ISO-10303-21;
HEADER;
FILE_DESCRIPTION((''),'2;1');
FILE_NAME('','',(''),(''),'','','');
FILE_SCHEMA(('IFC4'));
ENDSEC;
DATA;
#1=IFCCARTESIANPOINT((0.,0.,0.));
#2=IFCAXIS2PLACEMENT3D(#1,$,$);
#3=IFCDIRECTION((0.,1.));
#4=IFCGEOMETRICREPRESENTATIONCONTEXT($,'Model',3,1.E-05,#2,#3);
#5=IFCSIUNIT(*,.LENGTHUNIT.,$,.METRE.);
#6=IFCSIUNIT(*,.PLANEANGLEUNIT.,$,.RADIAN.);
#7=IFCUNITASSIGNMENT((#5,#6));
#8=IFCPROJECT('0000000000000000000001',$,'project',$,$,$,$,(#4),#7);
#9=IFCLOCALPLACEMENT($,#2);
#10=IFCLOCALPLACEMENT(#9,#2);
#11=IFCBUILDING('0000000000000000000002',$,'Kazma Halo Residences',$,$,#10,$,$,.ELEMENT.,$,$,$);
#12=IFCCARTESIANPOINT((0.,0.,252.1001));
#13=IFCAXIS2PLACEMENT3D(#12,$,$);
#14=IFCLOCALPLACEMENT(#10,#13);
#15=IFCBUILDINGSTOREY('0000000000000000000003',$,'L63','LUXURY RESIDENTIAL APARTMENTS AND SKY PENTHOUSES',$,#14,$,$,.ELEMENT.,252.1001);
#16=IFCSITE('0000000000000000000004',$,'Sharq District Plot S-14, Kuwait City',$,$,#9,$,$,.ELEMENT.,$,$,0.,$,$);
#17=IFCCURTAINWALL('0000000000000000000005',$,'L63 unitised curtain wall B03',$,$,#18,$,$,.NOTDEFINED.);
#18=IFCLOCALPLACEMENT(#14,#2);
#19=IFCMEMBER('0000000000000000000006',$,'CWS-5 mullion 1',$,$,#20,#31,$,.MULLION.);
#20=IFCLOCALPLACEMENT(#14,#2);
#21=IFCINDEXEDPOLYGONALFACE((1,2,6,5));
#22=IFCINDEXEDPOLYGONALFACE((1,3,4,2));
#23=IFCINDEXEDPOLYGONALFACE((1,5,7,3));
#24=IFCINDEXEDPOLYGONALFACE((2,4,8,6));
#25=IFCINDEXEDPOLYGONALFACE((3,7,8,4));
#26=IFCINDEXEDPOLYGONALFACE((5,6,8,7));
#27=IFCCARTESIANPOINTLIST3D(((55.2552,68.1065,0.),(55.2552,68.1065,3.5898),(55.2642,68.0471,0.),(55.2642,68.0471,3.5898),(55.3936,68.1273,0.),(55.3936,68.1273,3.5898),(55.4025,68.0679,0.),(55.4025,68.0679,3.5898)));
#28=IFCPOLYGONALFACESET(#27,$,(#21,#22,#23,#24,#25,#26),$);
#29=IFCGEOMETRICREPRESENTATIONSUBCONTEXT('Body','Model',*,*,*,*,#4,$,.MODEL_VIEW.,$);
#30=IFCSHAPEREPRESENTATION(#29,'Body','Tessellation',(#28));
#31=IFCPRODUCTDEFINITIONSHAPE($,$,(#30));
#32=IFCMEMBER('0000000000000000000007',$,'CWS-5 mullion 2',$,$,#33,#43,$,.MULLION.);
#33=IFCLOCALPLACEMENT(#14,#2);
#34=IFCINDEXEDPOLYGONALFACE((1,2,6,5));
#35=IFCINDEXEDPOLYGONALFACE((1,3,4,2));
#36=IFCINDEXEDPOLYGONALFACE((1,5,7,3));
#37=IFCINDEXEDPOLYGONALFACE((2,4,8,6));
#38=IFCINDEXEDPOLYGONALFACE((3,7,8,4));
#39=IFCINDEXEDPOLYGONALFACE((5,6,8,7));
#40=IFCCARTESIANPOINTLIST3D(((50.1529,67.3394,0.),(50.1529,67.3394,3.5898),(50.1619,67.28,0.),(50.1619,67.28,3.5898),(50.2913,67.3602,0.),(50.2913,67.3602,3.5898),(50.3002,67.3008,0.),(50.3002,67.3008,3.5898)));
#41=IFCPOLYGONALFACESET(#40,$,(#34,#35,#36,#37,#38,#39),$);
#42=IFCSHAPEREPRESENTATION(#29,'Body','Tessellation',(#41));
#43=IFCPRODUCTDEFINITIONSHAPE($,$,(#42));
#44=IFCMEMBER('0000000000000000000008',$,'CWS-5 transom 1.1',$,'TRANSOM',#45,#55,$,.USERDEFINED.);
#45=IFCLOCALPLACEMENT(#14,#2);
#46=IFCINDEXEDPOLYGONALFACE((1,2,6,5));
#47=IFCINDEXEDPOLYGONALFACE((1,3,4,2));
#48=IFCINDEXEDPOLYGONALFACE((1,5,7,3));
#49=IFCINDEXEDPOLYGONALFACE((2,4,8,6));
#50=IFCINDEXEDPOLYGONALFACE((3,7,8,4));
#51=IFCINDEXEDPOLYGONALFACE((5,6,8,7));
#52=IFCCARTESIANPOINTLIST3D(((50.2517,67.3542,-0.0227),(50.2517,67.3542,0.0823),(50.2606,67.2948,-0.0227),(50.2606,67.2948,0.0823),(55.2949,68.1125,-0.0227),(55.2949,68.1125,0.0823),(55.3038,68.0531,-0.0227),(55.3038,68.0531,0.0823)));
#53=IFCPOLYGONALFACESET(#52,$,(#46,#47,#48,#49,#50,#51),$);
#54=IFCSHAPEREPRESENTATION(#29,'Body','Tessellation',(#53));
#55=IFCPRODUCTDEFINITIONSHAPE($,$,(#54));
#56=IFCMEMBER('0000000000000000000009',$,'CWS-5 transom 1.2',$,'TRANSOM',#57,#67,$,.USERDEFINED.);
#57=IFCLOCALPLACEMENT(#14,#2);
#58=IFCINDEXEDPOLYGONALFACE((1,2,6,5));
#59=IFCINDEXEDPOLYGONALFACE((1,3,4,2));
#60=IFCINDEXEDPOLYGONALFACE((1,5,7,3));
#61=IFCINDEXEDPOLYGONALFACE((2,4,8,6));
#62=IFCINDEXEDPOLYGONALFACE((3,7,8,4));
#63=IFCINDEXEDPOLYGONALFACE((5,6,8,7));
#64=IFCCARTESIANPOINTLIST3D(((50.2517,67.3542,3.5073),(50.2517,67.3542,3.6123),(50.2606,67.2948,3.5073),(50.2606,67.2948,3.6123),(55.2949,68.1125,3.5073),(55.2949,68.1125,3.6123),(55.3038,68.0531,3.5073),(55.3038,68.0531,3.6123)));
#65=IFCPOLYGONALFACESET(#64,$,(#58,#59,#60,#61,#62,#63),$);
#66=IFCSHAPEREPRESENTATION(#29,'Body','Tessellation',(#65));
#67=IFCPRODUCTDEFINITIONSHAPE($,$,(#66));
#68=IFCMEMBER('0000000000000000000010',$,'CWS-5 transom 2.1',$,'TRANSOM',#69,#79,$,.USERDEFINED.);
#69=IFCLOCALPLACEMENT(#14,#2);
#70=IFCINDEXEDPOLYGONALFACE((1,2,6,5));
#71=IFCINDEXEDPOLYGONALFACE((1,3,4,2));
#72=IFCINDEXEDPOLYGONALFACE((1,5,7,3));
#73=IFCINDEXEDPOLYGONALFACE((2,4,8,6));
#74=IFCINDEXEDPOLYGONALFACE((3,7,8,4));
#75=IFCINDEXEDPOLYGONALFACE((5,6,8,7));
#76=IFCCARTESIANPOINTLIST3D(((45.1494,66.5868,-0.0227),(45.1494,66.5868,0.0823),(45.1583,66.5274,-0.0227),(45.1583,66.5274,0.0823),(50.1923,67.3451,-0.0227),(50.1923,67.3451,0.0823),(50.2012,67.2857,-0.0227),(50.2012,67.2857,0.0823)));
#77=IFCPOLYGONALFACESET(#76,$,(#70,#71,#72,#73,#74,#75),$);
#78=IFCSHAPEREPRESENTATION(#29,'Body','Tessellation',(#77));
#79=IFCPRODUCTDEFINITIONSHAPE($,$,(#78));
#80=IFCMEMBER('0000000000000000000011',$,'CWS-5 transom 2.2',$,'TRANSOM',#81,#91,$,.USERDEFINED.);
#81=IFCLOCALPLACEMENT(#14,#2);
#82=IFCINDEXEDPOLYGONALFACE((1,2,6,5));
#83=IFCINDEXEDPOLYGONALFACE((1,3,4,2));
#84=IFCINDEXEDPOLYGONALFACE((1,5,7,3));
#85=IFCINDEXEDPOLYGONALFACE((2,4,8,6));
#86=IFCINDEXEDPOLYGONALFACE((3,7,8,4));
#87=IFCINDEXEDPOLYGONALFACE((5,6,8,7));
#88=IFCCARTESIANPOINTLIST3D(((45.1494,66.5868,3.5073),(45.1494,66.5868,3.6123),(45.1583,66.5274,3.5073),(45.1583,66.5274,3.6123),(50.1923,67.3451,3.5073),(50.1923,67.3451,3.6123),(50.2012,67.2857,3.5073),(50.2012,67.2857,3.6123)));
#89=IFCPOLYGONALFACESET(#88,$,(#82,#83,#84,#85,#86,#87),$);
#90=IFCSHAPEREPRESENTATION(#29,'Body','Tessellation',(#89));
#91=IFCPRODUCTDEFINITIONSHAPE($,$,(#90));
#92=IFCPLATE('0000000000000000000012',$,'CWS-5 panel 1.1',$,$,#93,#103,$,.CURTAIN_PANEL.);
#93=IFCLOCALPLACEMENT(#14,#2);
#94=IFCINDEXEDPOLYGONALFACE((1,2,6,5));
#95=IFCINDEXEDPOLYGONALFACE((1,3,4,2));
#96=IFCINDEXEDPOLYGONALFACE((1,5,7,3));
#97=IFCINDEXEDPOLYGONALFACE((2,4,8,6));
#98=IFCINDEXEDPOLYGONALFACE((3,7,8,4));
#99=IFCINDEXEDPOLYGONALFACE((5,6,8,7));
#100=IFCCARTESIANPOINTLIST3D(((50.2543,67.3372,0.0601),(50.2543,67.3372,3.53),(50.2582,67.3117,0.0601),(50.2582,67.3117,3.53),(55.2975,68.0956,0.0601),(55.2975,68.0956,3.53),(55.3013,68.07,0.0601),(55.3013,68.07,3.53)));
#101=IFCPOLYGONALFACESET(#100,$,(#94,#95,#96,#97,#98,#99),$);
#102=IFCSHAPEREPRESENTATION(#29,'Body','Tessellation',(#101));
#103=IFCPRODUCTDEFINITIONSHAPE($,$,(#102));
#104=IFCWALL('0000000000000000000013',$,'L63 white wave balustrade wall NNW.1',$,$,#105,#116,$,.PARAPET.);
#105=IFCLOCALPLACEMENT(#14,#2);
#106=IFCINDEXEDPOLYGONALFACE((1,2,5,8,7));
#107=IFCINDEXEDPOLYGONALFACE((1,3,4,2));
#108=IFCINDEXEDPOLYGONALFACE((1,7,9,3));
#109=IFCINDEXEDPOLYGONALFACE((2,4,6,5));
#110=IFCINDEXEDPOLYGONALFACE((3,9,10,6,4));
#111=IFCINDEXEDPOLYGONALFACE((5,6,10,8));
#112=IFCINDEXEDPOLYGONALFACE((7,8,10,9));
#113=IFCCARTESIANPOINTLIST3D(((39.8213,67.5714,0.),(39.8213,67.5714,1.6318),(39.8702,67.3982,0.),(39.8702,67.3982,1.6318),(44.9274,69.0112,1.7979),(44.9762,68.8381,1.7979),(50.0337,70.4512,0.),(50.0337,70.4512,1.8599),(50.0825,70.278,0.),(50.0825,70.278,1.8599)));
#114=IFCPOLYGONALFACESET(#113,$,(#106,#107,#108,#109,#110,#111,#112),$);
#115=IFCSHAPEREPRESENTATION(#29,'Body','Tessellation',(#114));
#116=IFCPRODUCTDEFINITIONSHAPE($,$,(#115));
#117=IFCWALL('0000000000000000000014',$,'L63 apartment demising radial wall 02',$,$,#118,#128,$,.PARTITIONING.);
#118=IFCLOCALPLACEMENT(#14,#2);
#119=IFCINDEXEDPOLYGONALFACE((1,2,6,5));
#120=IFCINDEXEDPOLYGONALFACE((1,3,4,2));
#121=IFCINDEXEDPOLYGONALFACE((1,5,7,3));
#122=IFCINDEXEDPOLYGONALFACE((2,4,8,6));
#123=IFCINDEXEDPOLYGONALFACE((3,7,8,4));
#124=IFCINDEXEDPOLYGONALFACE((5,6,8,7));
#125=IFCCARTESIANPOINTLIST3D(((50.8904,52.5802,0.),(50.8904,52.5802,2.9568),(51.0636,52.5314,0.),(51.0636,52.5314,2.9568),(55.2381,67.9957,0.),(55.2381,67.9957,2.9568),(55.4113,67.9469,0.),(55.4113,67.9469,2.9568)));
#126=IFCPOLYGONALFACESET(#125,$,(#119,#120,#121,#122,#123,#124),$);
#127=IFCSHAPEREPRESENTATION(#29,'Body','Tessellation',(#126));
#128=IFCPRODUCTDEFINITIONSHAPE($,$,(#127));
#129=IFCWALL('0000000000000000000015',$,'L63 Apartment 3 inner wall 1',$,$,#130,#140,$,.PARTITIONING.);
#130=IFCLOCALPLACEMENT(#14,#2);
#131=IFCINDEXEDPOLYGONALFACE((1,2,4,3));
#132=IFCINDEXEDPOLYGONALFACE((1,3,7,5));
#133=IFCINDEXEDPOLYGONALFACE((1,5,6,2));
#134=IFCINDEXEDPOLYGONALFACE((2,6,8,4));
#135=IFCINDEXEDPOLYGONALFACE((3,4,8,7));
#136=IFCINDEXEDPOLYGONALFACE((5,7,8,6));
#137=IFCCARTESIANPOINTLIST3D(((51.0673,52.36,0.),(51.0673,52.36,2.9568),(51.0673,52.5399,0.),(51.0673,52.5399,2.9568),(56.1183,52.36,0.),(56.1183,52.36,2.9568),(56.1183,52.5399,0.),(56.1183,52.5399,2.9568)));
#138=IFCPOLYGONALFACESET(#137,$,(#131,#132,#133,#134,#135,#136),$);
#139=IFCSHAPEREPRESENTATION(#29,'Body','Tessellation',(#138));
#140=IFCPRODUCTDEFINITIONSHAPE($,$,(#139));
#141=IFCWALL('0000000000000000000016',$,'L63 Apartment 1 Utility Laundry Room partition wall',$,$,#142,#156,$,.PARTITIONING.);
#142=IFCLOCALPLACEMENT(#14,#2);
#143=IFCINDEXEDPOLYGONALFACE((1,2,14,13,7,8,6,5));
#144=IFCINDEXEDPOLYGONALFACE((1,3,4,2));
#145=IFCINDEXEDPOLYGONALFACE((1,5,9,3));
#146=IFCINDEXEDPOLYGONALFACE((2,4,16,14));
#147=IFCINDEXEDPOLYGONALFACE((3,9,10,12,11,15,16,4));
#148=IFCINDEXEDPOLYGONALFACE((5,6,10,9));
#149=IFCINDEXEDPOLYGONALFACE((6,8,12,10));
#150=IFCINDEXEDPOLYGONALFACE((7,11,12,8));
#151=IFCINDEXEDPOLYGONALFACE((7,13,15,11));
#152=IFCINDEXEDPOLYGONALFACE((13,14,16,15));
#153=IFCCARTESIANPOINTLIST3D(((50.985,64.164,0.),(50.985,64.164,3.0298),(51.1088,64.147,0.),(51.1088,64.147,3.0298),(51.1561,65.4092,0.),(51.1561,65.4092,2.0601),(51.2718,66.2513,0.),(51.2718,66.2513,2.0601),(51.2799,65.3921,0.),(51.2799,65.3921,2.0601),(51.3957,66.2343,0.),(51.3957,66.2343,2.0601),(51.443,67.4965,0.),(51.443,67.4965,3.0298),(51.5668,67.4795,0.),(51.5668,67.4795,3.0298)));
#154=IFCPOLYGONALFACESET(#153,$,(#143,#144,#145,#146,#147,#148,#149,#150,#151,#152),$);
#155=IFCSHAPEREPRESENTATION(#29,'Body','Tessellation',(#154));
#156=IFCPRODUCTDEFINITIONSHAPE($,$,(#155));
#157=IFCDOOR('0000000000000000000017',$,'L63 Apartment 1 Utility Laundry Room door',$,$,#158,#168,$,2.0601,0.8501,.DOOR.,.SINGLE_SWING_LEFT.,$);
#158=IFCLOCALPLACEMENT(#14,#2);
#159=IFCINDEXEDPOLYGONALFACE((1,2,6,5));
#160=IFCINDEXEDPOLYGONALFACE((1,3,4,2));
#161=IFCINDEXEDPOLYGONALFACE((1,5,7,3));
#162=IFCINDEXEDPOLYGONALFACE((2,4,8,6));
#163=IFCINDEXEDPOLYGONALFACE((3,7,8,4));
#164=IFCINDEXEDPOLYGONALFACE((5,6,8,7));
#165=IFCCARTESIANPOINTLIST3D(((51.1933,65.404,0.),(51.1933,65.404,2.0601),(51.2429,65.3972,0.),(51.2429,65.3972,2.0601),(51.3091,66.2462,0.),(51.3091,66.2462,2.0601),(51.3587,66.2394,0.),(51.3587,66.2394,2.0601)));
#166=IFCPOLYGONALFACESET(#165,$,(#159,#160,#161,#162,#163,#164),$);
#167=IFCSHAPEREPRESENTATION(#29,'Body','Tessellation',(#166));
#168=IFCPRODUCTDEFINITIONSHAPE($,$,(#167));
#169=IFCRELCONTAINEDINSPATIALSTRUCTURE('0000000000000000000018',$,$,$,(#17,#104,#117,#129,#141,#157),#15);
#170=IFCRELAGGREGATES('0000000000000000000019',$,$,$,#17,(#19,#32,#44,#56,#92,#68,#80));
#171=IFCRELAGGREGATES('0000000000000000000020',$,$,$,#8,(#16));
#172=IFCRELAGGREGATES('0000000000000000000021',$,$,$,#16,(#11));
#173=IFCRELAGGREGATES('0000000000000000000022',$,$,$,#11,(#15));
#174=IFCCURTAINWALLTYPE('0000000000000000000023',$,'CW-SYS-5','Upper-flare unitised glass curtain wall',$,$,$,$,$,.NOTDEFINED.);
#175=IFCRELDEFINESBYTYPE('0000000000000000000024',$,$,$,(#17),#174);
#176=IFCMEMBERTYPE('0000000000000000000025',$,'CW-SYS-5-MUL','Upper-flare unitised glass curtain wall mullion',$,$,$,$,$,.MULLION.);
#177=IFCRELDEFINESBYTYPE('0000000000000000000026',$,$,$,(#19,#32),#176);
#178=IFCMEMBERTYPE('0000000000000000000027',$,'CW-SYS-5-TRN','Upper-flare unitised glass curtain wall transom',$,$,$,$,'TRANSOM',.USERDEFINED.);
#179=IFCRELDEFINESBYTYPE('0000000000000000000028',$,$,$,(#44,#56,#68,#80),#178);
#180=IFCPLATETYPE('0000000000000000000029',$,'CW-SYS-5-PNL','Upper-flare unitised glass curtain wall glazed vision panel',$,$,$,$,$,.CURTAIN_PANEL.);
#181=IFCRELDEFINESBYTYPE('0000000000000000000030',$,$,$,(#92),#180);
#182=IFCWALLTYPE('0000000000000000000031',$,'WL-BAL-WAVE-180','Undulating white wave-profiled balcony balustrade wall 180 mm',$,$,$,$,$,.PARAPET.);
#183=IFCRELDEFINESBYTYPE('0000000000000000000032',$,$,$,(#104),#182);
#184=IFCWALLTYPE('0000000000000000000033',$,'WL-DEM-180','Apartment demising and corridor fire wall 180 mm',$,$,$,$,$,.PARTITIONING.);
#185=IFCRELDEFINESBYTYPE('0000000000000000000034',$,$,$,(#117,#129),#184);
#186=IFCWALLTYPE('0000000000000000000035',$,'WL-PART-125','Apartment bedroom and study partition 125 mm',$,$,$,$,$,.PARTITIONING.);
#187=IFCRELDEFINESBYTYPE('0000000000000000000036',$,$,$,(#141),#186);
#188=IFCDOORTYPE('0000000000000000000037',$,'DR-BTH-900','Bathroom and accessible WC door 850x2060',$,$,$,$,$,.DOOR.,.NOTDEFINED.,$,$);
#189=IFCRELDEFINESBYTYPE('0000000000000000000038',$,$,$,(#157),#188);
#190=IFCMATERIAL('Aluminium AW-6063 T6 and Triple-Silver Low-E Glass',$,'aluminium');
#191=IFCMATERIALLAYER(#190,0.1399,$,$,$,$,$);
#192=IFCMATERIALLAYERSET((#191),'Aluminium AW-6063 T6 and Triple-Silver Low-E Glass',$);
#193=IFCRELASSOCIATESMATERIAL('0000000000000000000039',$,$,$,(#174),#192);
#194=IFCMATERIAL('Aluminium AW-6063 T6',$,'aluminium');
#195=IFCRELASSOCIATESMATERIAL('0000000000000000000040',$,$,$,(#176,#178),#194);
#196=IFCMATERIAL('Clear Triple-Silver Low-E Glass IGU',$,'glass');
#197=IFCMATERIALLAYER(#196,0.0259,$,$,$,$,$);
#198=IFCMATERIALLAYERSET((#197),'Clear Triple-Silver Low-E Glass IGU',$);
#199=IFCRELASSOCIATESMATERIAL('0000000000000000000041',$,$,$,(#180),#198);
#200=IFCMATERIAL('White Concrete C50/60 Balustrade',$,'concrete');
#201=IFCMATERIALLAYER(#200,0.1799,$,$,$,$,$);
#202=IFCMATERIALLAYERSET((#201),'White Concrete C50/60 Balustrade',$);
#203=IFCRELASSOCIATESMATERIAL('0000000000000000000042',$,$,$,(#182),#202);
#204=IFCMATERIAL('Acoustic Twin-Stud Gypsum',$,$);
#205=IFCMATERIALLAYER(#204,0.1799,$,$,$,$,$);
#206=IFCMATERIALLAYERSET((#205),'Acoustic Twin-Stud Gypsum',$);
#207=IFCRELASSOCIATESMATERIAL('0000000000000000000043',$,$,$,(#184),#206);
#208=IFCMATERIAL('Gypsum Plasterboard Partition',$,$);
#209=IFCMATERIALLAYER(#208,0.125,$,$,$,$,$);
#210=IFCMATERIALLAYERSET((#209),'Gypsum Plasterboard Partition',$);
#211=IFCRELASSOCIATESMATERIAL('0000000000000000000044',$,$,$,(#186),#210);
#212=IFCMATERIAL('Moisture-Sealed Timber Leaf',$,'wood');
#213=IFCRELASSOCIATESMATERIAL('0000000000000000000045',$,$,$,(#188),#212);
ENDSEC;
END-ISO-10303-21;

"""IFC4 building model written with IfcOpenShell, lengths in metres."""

from ifc_helpers import new_model, si_unit, direction, frame, frame_2d, origin, origin_2d, place, context, subcontext, project, spatial, polyline, rectangle, outline, extrude, material, layer, layer_set, material_profile, profile_set, type_object, element, fill, aggregate, save


model = new_model("IFC4")

# Units and contexts
model_context = context("Model", 3, precision=1e-05, world=origin(), true_north=direction((0.0, 1.0)))
body_context = subcontext(model_context, "Body", "Model", "MODEL_VIEW")
ifc_project = project(units=[si_unit("LENGTHUNIT", "METRE"), si_unit("PLANEANGLEUNIT", "RADIAN")], contexts=[model_context])

# Site, building, storey
site_placement = place(None, origin())
site = spatial("IfcSite", under=ifc_project, at=site_placement, Name="Sharq District Plot S-14, Kuwait City", CompositionType="ELEMENT", RefElevation=0.0)
building_placement = place(site_placement, origin())
building = spatial("IfcBuilding", under=site, at=building_placement, Name="Kazma Halo Residences", CompositionType="ELEMENT")
storey_placement = place(building_placement, frame((0.0, 0.0, 252.1001)))
storey = spatial("IfcBuildingStorey", under=building, at=storey_placement, Name="L63", Description="LUXURY RESIDENTIAL APARTMENTS AND SKY PENTHOUSES", CompositionType="ELEMENT", Elevation=252.1001)

# Curtain wall, members, plate
ifc_material_1 = material(Name="Aluminium AW-6063 T6 and Triple-Silver Low-E Glass", Category="aluminium")
ifc_layer_1 = layer(ifc_material_1, 0.1399)
ifc_layer_set_1 = layer_set([ifc_layer_1], Name="Aluminium AW-6063 T6 and Triple-Silver Low-E Glass")
curtain_wall_type = type_object("IfcCurtainWallType", Name="CW-SYS-5", Description="Upper-flare unitised glass curtain wall", PredefinedType="NOTDEFINED", material=ifc_layer_set_1)
curtain_wall_placement = place(storey_placement, origin())
curtain_wall = element("IfcCurtainWall", 1, at=curtain_wall_placement, inside=storey, type_object=curtain_wall_type, Name="L63 unitised curtain wall B03", PredefinedType="NOTDEFINED")
ifc_material_2 = material(Name="Aluminium AW-6063 T6", Category="aluminium")
ifc_material_profile_1 = material_profile(ifc_material_2, rectangle(XDim=0.0601, YDim=0.1399, at=origin_2d()), Name="CWM-60x140")
ifc_profile_set_1 = profile_set([ifc_material_profile_1], Name="Aluminium AW-6063 T6")
member_type_1 = type_object("IfcMemberType", Name="CW-SYS-5-MUL", Description="Upper-flare unitised glass curtain wall mullion", PredefinedType="MULLION", material=ifc_profile_set_1)
member_1_placement = place(storey_placement, frame((55.3289, 68.0872, 0.0), z_axis=(0.0, 0.0, 1.0), x_axis=(0.148697, -0.988883, 0.0)))
member_1 = element("IfcMember", 2, at=member_1_placement, type_object=member_type_1, Name="CWS-5 mullion 1", PredefinedType="MULLION", context=body_context, shape_type="SweptSolid", body=[
    extrude(rectangle(XDim=0.0601, YDim=0.1399, at=origin_2d()), origin(), (0.0, 0.0, 1.0), 3.5898),
])
member_2_placement = place(storey_placement, frame((50.2266, 67.3201, 0.0), z_axis=(0.0, 0.0, 1.0), x_axis=(0.148697, -0.988883, 0.0)))
member_2 = element("IfcMember", 3, at=member_2_placement, type_object=member_type_1, Name="CWS-5 mullion 2", PredefinedType="MULLION", context=body_context, shape_type="SweptSolid", body=[
    extrude(rectangle(XDim=0.0601, YDim=0.1399, at=origin_2d()), origin(), (0.0, 0.0, 1.0), 3.5898),
])
ifc_material_profile_2 = material_profile(ifc_material_2, rectangle(XDim=0.0601, YDim=0.105, at=origin_2d()), Name="CWT-60x105")
ifc_profile_set_2 = profile_set([ifc_material_profile_2], Name="Aluminium AW-6063 T6")
member_type_2 = type_object("IfcMemberType", Name="CW-SYS-5-TRN", Description="Upper-flare unitised glass curtain wall transom", ElementType="TRANSOM", PredefinedType="USERDEFINED", material=ifc_profile_set_2)
member_3_placement = place(storey_placement, frame((55.2993, 68.0828, 0.0298), z_axis=(-0.988884, -0.148689, 0.0), x_axis=(0.148689, -0.988884, 0.0)))
member_3 = element("IfcMember", 4, at=member_3_placement, type_object=member_type_2, Name="CWS-5 transom 1.1", ObjectType="TRANSOM", PredefinedType="USERDEFINED", context=body_context, shape_type="SweptSolid", body=[
    extrude(rectangle(XDim=0.0601, YDim=0.105, at=origin_2d()), origin(), (0.0, 0.0, 1.0), 5.0999),
])
member_4_placement = place(storey_placement, frame((55.2993, 68.0828, 3.5598), z_axis=(-0.988884, -0.148689, 0.0), x_axis=(0.148689, -0.988884, 0.0)))
member_4 = element("IfcMember", 5, at=member_4_placement, type_object=member_type_2, Name="CWS-5 transom 1.2", ObjectType="TRANSOM", PredefinedType="USERDEFINED", context=body_context, shape_type="SweptSolid", body=[
    extrude(rectangle(XDim=0.0601, YDim=0.105, at=origin_2d()), origin(), (0.0, 0.0, 1.0), 5.0999),
])
member_5_placement = place(storey_placement, frame((50.1968, 67.3154, 0.0298), z_axis=(-0.988883, -0.148696, 0.0), x_axis=(0.148696, -0.988883, 0.0)))
member_5 = element("IfcMember", 6, at=member_5_placement, type_object=member_type_2, Name="CWS-5 transom 2.1", ObjectType="TRANSOM", PredefinedType="USERDEFINED", context=body_context, shape_type="SweptSolid", body=[
    extrude(rectangle(XDim=0.0601, YDim=0.105, at=origin_2d()), origin(), (0.0, 0.0, 1.0), 5.0996),
])
member_6_placement = place(storey_placement, frame((50.1968, 67.3154, 3.5598), z_axis=(-0.988883, -0.148696, 0.0), x_axis=(0.148696, -0.988883, 0.0)))
member_6 = element("IfcMember", 7, at=member_6_placement, type_object=member_type_2, Name="CWS-5 transom 2.2", ObjectType="TRANSOM", PredefinedType="USERDEFINED", context=body_context, shape_type="SweptSolid", body=[
    extrude(rectangle(XDim=0.0601, YDim=0.105, at=origin_2d()), origin(), (0.0, 0.0, 1.0), 5.0996),
])
ifc_material_3 = material(Name="Clear Triple-Silver Low-E Glass IGU", Category="glass")
ifc_layer_2 = layer(ifc_material_3, 0.0259)
ifc_layer_set_2 = layer_set([ifc_layer_2], Name="Clear Triple-Silver Low-E Glass IGU")
plate_type = type_object("IfcPlateType", Name="CW-SYS-5-PNL", Description="Upper-flare unitised glass curtain wall glazed vision panel", PredefinedType="CURTAIN_PANEL", material=ifc_layer_set_2)
plate_placement = place(storey_placement, frame((52.7778, 67.7036, 0.0601), z_axis=(0.0, 0.0, 1.0), x_axis=(-0.988883, -0.148697, 0.0)))
plate = element("IfcPlate", 8, at=plate_placement, type_object=plate_type, Name="CWS-5 panel 1.1", PredefinedType="CURTAIN_PANEL", context=body_context, shape_type="SweptSolid", body=[
    extrude(rectangle(XDim=5.0999, YDim=0.0259, at=origin_2d()), origin(), (0.0, 0.0, 1.0), 3.47),
])
aggregate(curtain_wall, [member_1, member_2, member_3, member_4, plate, member_5, member_6])

# Walls
ifc_material_4 = material(Name="White Concrete C50/60 Balustrade", Category="concrete")
ifc_layer_3 = layer(ifc_material_4, 0.1799)
ifc_layer_set_3 = layer_set([ifc_layer_3], Name="White Concrete C50/60 Balustrade")
wall_type_1 = type_object("IfcWallType", Name="WL-BAL-WAVE-180", Description="Undulating white wave-profiled balcony balustrade wall 180 mm", PredefinedType="PARAPET", material=ifc_layer_set_3)
wall_1_placement = place(storey_placement, frame((50.0581, 70.3645, 0.0), z_axis=(0.0, 0.0, 1.0), x_axis=(-0.962463, -0.271413, 0.0)))
element("IfcWall", 9, at=wall_1_placement, inside=storey, type_object=wall_type_1, Name="L63 white wave balustrade wall NNW.1", PredefinedType="PARAPET", context=body_context, shape_type="SweptSolid", body=[
    extrude(outline(polyline([(0.0, 0.0), (10.6106, 0.0), (10.6106, 1.6318), (5.3054, 1.7979), (0.0, 1.8599), (0.0, 0.0)])), frame((0.0, 0.0898, 0.0), z_axis=(0.0, -1.0, 0.0), x_axis=(1.0, 0.0, 0.0)), (0.0, 0.0, 1.0), 0.1799),
])
ifc_material_5 = material(Name="Acoustic Twin-Stud Gypsum")
ifc_layer_4 = layer(ifc_material_5, 0.1799)
ifc_layer_set_4 = layer_set([ifc_layer_4], Name="Acoustic Twin-Stud Gypsum")
wall_type_2 = type_object("IfcWallType", Name="WL-DEM-180", Description="Apartment demising and corridor fire wall 180 mm", PredefinedType="PARTITIONING", material=ifc_layer_set_4)
wall_2_placement = place(storey_placement, frame((50.9771, 52.5559, 0.0), z_axis=(0.0, 0.0, 1.0), x_axis=(0.271442, 0.962455, 0.0)))
element("IfcWall", 10, at=wall_2_placement, inside=storey, type_object=wall_type_2, Name="L63 apartment demising radial wall 02", PredefinedType="PARTITIONING", context=body_context, shape_type="SweptSolid", body=[
    extrude(rectangle(XDim=16.0168, YDim=0.1799, at=frame_2d((8.0083, 0.0))), origin(), (0.0, 0.0, 1.0), 2.9568),
])
wall_3_placement = place(storey_placement, frame((56.1182, 52.45, 0.0), z_axis=(0.0, 0.0, 1.0), x_axis=(-1.0, 0.0, 0.0)))
element("IfcWall", 11, at=wall_3_placement, inside=storey, type_object=wall_type_2, Name="L63 Apartment 3 inner wall 1", PredefinedType="PARTITIONING", context=body_context, shape_type="SweptSolid", body=[
    extrude(rectangle(XDim=5.051, YDim=0.1799, at=frame_2d((2.5254, 0.0))), origin(), (0.0, 0.0, 1.0), 2.9568),
])

# Wall, opening, door
ifc_material_6 = material(Name="Gypsum Plasterboard Partition")
ifc_layer_5 = layer(ifc_material_6, 0.125)
ifc_layer_set_5 = layer_set([ifc_layer_5], Name="Gypsum Plasterboard Partition")
wall_type_3 = type_object("IfcWallType", Name="WL-PART-125", Description="Apartment bedroom and study partition 125 mm", PredefinedType="PARTITIONING", material=ifc_layer_set_5)
wall_4_placement = place(storey_placement, frame((51.0469, 64.1555, 0.0), z_axis=(0.0, 0.0, 1.0), x_axis=(0.136156, 0.990687, 0.0)))
wall_4 = element("IfcWall", 12, at=wall_4_placement, inside=storey, type_object=wall_type_3, Name="L63 Apartment 1 Utility Laundry Room partition wall", PredefinedType="PARTITIONING", context=body_context, shape_type="SweptSolid", body=[
    extrude(rectangle(XDim=3.3638, YDim=0.125, at=frame_2d((1.6819, 0.0))), origin(), (0.0, 0.0, 1.0), 3.0298),
])
opening_1_placement = place(wall_4_placement, frame((1.2568, 0.0, 0.0)))
opening_1 = element("IfcOpeningElement", 13, at=opening_1_placement, cuts=wall_4, PredefinedType="OPENING", context=body_context, shape_type="SweptSolid", body=[
    extrude(rectangle(XDim=0.8501, YDim=2.0601, at=frame_2d((0.425, 1.03))), frame((0.0, 0.0725, 0.0), z_axis=(0.0, -1.0, 0.0), x_axis=(1.0, 0.0, 0.0)), (0.0, 0.0, 1.0), 0.145),
])
ifc_material_7 = material(Name="Moisture-Sealed Timber Leaf", Category="wood")
door_type = type_object("IfcDoorType", Name="DR-BTH-900", Description="Bathroom and accessible WC door 850x2060", OperationType="NOTDEFINED", PredefinedType="DOOR", material=ifc_material_7)
door_1_placement = place(opening_1_placement, origin())
door_1 = element("IfcDoor", 14, at=door_1_placement, inside=storey, type_object=door_type, Name="L63 Apartment 1 Utility Laundry Room door", OperationType="SINGLE_SWING_LEFT", OverallHeight=2.0601, OverallWidth=0.8501, PredefinedType="DOOR", context=body_context, shape_type="SweptSolid", body=[
    extrude(rectangle(XDim=0.8501, YDim=2.0601, at=frame_2d((0.425, 1.03))), frame((0.0, 0.0249, 0.0), z_axis=(0.0, -1.0, 0.0), x_axis=(1.0, 0.0, 0.0)), (0.0, 0.0, 1.0), 0.05),
])
fill(opening_1, door_1)

save(model, "model.ifc")
